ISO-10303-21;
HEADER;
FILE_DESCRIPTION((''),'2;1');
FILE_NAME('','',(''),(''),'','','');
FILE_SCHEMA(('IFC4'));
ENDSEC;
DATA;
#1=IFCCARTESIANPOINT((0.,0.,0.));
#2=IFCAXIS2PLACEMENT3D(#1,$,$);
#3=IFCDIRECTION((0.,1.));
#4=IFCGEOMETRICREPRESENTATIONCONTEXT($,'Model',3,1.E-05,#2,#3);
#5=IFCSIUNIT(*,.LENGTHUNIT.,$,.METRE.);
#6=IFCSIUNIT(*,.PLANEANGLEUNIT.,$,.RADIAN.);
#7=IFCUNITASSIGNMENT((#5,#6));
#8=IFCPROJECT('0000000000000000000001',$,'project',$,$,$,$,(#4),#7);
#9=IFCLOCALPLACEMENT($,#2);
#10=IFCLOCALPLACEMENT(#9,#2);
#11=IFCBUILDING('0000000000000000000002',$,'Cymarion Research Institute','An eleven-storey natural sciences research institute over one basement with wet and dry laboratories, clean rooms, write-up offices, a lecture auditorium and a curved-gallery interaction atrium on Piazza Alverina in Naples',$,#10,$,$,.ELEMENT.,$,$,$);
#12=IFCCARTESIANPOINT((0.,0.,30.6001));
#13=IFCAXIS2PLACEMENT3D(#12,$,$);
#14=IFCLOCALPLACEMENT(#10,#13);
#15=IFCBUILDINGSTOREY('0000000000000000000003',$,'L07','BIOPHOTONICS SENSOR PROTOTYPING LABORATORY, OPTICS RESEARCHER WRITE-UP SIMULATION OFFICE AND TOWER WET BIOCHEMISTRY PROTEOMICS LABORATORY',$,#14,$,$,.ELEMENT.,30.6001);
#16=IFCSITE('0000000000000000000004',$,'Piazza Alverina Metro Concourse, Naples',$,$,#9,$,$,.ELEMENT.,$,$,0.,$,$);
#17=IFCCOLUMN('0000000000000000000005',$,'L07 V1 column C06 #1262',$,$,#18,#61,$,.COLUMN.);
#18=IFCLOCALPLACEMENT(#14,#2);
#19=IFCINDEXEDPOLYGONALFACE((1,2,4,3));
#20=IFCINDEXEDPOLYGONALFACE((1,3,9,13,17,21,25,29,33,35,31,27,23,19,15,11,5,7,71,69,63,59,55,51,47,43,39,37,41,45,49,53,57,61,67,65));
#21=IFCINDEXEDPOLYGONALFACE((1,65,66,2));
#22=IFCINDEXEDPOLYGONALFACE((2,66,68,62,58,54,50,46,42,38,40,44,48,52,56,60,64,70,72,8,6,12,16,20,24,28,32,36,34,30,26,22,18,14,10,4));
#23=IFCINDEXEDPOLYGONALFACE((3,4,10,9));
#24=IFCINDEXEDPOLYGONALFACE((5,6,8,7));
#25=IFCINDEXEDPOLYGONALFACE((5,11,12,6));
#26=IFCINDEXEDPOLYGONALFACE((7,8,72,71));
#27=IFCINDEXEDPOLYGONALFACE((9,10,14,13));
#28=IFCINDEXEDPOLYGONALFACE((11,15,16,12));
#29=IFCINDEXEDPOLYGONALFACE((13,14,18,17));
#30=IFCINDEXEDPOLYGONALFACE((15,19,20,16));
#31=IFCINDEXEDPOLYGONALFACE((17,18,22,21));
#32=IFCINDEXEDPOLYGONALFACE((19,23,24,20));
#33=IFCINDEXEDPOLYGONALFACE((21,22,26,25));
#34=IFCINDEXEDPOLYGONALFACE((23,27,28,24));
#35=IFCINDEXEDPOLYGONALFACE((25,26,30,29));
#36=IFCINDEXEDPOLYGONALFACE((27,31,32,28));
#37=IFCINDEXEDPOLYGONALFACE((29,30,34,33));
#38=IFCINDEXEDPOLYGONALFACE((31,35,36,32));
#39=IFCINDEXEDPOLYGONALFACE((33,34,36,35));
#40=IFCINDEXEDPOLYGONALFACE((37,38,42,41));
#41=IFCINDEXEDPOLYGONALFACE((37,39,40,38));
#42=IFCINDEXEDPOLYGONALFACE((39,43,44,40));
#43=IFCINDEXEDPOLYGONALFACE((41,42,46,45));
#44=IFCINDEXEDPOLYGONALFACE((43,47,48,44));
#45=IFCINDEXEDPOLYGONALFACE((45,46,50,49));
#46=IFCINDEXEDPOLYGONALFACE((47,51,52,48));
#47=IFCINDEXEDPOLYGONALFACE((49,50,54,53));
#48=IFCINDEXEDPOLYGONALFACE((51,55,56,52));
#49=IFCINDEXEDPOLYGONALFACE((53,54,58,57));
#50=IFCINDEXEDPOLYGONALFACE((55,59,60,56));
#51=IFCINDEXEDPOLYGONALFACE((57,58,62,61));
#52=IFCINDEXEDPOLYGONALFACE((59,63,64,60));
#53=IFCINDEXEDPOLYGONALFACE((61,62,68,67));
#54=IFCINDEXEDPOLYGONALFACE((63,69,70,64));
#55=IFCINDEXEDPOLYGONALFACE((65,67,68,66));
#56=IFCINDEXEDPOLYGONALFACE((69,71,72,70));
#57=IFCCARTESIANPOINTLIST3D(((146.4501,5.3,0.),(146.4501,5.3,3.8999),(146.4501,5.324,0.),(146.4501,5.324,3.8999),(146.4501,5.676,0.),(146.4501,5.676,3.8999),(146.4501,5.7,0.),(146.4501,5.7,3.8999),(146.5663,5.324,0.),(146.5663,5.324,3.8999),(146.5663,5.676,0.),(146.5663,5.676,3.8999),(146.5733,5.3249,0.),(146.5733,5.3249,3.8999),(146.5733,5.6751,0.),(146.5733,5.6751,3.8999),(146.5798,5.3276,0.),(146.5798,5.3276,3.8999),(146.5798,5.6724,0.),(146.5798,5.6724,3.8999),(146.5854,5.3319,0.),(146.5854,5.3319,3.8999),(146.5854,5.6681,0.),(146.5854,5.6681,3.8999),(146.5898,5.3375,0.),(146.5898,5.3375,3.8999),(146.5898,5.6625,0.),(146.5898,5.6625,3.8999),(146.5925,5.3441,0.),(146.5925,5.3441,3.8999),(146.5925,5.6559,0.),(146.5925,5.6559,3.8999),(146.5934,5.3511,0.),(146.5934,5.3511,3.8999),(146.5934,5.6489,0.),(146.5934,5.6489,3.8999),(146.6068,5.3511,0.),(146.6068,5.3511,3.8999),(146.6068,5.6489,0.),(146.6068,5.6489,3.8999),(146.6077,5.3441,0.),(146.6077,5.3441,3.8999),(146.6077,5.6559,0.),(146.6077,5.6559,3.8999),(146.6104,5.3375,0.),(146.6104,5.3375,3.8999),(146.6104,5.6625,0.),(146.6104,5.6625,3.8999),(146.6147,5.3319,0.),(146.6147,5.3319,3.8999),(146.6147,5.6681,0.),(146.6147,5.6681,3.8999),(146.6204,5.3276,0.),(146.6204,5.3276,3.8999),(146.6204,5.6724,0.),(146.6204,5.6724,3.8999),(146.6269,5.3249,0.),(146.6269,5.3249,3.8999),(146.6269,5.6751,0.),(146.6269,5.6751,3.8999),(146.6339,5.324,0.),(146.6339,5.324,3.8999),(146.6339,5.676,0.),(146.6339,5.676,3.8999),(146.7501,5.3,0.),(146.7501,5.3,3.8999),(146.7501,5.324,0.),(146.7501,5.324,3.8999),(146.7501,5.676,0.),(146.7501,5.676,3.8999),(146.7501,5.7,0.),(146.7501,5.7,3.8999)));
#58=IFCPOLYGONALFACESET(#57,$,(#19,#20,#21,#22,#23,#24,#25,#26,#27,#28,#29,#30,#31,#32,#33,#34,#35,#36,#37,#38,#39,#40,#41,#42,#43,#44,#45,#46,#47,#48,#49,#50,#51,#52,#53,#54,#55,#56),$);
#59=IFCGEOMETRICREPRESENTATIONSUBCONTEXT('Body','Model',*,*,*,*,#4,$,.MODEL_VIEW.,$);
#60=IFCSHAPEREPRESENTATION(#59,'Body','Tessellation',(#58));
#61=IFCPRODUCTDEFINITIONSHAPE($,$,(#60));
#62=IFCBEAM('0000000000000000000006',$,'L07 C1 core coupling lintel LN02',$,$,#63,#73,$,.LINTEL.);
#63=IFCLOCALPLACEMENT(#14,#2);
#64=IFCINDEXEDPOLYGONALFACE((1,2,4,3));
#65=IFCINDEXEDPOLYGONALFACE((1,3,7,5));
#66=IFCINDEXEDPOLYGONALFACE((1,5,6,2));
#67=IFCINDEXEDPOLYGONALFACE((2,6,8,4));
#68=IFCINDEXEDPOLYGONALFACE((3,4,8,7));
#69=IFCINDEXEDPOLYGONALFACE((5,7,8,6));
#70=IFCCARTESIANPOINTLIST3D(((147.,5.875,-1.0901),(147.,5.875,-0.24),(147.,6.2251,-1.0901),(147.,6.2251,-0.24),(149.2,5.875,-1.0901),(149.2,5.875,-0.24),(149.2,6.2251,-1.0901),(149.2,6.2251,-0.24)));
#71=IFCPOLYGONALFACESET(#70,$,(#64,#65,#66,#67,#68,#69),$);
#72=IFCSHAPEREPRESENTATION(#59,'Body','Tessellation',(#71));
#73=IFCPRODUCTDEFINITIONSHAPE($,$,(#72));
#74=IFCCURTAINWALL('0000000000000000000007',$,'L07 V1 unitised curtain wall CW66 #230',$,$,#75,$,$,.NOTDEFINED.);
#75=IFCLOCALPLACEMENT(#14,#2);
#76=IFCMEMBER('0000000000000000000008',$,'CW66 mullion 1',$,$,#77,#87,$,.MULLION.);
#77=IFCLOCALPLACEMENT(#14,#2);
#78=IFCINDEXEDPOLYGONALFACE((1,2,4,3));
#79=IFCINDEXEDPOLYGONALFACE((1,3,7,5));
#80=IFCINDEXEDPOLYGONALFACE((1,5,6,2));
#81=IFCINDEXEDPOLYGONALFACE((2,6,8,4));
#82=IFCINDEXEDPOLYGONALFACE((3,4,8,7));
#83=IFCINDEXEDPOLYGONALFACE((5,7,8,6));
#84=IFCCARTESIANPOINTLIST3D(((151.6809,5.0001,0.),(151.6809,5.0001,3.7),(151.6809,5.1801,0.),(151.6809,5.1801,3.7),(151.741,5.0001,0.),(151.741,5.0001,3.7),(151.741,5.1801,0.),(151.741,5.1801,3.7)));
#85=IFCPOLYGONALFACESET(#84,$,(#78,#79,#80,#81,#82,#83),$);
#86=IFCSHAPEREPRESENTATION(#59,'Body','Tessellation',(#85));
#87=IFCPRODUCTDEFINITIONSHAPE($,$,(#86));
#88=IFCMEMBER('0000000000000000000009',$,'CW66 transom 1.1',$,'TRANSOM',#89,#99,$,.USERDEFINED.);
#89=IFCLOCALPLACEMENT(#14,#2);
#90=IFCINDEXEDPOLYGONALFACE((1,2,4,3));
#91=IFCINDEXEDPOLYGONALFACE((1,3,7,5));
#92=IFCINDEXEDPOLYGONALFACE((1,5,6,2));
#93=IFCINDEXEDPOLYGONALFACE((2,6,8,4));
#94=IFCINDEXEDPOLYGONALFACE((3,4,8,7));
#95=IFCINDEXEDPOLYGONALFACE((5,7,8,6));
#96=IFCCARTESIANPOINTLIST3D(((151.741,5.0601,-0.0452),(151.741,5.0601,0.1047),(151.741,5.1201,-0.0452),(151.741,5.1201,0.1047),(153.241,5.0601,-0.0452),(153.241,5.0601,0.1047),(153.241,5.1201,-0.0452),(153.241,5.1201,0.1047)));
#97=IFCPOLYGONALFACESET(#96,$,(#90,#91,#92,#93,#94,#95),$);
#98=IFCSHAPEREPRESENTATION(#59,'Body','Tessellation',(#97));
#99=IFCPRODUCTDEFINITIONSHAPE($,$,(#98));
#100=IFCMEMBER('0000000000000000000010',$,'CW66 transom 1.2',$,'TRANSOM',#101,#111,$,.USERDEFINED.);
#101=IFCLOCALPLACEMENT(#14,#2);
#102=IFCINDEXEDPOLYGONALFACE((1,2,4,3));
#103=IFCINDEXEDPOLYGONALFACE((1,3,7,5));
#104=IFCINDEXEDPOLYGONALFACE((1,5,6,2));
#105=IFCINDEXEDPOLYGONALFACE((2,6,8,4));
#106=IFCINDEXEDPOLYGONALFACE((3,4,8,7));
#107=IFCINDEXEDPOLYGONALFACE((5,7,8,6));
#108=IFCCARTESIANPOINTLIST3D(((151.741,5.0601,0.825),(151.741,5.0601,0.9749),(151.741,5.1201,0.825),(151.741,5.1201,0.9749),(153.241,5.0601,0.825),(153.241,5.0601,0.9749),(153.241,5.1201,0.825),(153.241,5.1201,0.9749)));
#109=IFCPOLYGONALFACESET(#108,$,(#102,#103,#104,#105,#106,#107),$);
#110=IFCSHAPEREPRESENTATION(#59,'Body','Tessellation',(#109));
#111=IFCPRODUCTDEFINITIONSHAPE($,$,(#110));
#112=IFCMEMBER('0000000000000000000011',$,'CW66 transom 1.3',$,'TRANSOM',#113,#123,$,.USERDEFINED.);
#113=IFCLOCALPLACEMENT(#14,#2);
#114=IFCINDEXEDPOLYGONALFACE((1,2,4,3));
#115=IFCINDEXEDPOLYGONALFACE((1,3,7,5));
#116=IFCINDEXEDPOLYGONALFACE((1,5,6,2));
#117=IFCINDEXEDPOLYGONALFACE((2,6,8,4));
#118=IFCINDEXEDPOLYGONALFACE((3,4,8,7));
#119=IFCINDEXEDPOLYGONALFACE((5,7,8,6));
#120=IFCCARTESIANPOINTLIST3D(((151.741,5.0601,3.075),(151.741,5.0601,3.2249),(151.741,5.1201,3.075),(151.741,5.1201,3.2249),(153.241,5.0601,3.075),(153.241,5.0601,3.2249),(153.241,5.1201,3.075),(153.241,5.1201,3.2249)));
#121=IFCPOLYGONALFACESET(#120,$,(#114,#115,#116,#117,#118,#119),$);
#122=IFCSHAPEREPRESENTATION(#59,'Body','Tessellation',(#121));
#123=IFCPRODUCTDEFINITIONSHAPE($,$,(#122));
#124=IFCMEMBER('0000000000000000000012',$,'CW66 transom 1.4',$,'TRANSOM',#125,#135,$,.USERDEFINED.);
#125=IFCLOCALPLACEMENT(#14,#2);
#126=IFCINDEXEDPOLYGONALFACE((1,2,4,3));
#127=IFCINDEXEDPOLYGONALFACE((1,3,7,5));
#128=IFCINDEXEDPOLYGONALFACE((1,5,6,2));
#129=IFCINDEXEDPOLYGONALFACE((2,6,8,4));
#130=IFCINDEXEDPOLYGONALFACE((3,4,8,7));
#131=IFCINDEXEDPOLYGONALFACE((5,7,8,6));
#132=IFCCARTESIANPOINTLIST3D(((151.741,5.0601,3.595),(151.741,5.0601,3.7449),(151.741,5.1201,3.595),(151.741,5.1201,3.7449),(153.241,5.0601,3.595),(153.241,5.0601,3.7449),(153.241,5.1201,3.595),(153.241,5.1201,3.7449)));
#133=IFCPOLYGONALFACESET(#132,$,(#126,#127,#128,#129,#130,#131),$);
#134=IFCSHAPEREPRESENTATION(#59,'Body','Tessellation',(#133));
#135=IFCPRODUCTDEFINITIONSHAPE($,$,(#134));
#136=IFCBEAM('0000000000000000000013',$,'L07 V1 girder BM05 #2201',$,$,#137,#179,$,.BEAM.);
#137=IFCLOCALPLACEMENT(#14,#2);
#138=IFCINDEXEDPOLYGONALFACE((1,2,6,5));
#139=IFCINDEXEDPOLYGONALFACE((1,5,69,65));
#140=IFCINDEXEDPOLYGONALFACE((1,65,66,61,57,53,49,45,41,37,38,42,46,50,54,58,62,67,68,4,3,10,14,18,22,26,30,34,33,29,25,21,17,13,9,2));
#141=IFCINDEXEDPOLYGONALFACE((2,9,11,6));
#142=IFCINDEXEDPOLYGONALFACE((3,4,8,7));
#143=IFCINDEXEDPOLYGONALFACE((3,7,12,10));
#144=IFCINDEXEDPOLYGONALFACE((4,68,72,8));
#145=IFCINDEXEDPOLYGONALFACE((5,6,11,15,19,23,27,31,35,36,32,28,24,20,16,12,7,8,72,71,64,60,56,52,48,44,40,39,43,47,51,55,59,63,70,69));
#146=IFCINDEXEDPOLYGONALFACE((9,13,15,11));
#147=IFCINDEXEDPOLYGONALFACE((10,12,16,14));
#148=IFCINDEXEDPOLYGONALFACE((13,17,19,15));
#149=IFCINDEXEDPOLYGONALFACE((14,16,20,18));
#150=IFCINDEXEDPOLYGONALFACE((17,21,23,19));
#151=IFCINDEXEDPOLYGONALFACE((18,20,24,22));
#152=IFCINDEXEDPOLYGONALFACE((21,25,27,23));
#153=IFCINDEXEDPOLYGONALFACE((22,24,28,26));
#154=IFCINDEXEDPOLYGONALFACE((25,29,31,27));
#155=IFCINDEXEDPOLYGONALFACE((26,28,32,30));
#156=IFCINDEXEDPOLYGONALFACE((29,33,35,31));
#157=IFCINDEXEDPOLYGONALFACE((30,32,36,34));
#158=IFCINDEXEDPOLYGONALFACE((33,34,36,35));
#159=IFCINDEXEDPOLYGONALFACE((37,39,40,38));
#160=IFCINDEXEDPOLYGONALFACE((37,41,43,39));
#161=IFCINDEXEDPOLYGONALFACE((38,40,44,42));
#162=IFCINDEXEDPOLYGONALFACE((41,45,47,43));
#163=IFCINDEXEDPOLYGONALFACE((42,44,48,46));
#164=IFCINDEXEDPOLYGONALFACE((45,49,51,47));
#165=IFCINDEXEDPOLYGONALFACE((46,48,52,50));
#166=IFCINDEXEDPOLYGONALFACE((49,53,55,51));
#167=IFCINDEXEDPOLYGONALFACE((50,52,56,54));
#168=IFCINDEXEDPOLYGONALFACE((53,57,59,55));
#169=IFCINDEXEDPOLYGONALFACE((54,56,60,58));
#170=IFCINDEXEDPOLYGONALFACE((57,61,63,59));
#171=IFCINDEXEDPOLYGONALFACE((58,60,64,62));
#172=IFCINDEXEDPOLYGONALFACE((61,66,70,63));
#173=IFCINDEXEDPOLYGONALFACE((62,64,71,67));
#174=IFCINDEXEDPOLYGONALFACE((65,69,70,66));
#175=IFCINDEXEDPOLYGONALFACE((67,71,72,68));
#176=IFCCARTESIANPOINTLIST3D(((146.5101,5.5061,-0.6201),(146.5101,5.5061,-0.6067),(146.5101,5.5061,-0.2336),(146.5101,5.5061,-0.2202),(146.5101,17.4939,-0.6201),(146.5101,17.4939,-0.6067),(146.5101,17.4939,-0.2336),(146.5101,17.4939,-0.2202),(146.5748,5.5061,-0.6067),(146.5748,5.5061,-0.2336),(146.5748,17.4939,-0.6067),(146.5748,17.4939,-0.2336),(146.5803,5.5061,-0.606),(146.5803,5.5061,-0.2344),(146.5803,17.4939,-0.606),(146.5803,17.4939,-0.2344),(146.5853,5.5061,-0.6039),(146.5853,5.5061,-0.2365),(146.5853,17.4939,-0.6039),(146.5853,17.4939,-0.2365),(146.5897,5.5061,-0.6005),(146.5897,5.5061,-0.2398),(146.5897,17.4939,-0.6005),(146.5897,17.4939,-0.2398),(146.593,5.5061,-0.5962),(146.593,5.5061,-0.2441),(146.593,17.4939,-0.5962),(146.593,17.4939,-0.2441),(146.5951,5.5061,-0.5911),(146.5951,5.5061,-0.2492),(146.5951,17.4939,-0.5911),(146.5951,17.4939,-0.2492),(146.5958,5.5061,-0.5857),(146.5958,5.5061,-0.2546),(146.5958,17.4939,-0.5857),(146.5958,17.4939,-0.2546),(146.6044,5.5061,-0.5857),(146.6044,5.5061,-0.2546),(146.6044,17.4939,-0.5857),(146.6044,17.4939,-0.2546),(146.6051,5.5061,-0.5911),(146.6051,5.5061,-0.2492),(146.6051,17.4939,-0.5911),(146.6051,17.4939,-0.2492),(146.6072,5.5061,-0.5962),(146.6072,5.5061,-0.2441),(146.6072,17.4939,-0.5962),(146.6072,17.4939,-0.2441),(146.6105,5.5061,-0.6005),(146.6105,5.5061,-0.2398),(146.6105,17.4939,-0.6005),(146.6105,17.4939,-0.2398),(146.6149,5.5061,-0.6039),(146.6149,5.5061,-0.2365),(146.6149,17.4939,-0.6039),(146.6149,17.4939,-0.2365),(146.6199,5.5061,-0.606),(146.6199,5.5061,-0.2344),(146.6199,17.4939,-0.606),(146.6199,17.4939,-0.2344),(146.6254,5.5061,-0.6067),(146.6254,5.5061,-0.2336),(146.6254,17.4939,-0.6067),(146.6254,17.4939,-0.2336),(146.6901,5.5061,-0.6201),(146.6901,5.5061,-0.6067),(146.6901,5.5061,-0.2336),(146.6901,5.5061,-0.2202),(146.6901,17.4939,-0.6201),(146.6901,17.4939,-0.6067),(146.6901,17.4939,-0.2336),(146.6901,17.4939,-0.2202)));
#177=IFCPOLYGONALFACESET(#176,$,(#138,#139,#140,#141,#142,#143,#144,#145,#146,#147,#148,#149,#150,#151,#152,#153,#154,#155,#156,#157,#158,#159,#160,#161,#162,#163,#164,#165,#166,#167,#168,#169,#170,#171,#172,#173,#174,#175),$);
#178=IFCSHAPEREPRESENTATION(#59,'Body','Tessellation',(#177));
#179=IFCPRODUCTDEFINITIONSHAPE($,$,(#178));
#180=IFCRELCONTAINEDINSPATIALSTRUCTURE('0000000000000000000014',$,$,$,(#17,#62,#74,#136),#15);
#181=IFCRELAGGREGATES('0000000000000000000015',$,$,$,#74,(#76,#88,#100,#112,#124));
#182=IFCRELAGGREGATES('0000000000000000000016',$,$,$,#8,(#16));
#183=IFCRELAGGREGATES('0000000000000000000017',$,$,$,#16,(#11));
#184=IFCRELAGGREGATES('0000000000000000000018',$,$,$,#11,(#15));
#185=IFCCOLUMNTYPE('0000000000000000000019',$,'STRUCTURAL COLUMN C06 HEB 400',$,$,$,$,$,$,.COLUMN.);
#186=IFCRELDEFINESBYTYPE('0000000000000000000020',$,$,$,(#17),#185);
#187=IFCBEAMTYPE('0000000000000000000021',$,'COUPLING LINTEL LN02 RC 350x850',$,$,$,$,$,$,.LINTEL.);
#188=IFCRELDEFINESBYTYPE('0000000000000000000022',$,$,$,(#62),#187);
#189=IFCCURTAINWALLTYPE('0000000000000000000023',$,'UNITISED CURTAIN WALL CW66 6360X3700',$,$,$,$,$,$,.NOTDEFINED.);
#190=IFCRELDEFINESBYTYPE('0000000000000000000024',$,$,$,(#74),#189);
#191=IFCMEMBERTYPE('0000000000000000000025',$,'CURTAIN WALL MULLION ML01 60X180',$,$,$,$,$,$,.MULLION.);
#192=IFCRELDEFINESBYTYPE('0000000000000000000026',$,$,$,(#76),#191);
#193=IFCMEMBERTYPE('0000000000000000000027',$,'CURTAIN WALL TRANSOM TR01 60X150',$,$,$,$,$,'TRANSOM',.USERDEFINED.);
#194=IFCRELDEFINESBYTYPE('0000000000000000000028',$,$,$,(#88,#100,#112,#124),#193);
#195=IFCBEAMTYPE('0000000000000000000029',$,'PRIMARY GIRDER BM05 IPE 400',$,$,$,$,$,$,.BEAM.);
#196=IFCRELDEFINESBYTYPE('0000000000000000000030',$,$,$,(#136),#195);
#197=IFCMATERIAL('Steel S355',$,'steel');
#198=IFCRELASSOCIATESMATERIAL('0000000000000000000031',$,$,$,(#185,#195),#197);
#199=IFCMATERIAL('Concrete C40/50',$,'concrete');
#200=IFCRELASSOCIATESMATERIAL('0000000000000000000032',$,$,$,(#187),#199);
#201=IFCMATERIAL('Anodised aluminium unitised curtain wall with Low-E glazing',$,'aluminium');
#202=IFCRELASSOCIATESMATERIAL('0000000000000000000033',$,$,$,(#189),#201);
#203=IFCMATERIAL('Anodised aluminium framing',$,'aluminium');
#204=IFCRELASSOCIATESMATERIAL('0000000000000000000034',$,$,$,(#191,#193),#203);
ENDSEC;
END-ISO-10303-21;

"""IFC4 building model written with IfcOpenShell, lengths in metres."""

from ifc_helpers import new_model, si_unit, direction, frame, origin, origin_2d, place, context, subcontext, project, spatial, rectangle, i_section, extrude, material, material_profile, profile_set, type_object, element, aggregate, save


model = new_model("IFC4")

# Units and contexts
model_context = context("Model", 3, precision=1e-05, world=origin(), true_north=direction((0.0, 1.0)))
body_context = subcontext(model_context, "Body", "Model", "MODEL_VIEW")
ifc_project = project(units=[si_unit("LENGTHUNIT", "METRE"), si_unit("PLANEANGLEUNIT", "RADIAN")], contexts=[model_context])

# Site, building, storey
site_placement = place(None, origin())
site = spatial("IfcSite", under=ifc_project, at=site_placement, Name="Piazza Alverina Metro Concourse, Naples", CompositionType="ELEMENT", RefElevation=0.0)
building_placement = place(site_placement, origin())
building = spatial("IfcBuilding", under=site, at=building_placement, Name="Cymarion Research Institute", Description="An eleven-storey natural sciences research institute over one basement with wet and dry laboratories, clean rooms, write-up offices, a lecture auditorium and a curved-gallery interaction atrium on Piazza Alverina in Naples", CompositionType="ELEMENT")
storey_placement = place(building_placement, frame((0.0, 0.0, 30.6001)))
storey = spatial("IfcBuildingStorey", under=building, at=storey_placement, Name="L07", Description="BIOPHOTONICS SENSOR PROTOTYPING LABORATORY, OPTICS RESEARCHER WRITE-UP SIMULATION OFFICE AND TOWER WET BIOCHEMISTRY PROTEOMICS LABORATORY", CompositionType="ELEMENT", Elevation=30.6001)

# Column
ifc_material_1 = material(Name="Steel S355", Category="steel")
ifc_material_profile_1 = material_profile(ifc_material_1, i_section(OverallWidth=0.3, OverallDepth=0.3999, WebThickness=0.0134, FlangeThickness=0.0239, FilletRadius=0.0271, at=origin_2d()), Name="HEB 400")
ifc_profile_set_1 = profile_set([ifc_material_profile_1], Name="Steel S355")
column_type = type_object("IfcColumnType", Name="STRUCTURAL COLUMN C06 HEB 400", PredefinedType="COLUMN", material=ifc_profile_set_1)
column_placement = place(storey_placement, frame((146.6001, 5.5, 0.0), z_axis=(0.0, 0.0, 1.0), x_axis=(1.0, 0.0, 0.0)))
element("IfcColumn", 1, at=column_placement, inside=storey, type_object=column_type, Name="L07 V1 column C06 #1262", PredefinedType="COLUMN", context=body_context, shape_type="SweptSolid", body=[
    extrude(i_section(OverallWidth=0.3, OverallDepth=0.3999, WebThickness=0.0134, FlangeThickness=0.0239, FilletRadius=0.0271, at=origin_2d()), origin(), (0.0, 0.0, 1.0), 3.8999),
])

# Beam
ifc_material_2 = material(Name="Concrete C40/50", Category="concrete")
ifc_material_profile_2 = material_profile(ifc_material_2, rectangle(XDim=0.3501, YDim=0.8501, at=origin_2d()), Name="RC 350x850")
ifc_profile_set_2 = profile_set([ifc_material_profile_2], Name="Concrete C40/50")
beam_type_1 = type_object("IfcBeamType", Name="COUPLING LINTEL LN02 RC 350x850", PredefinedType="LINTEL", material=ifc_profile_set_2)
beam_1_placement = place(storey_placement, frame((147.0, 6.05, -0.665), z_axis=(1.0, 0.0, 0.0), x_axis=(0.0, 1.0, 0.0)))
element("IfcBeam", 2, at=beam_1_placement, inside=storey, type_object=beam_type_1, Name="L07 C1 core coupling lintel LN02", PredefinedType="LINTEL", context=body_context, shape_type="SweptSolid", body=[
    extrude(rectangle(XDim=0.3501, YDim=0.8501, at=origin_2d()), origin(), (0.0, 0.0, 1.0), 2.2),
])

# Curtain wall, members
ifc_material_3 = material(Name="Anodised aluminium unitised curtain wall with Low-E glazing", Category="aluminium")
curtain_wall_type = type_object("IfcCurtainWallType", Name="UNITISED CURTAIN WALL CW66 6360X3700", PredefinedType="NOTDEFINED", material=ifc_material_3)
curtain_wall_placement = place(storey_placement, origin())
curtain_wall = element("IfcCurtainWall", 3, at=curtain_wall_placement, inside=storey, type_object=curtain_wall_type, Name="L07 V1 unitised curtain wall CW66 #230", PredefinedType="NOTDEFINED")
ifc_material_4 = material(Name="Anodised aluminium framing", Category="aluminium")
ifc_material_profile_3 = material_profile(ifc_material_4, rectangle(XDim=0.0601, YDim=0.1799, at=origin_2d()), Name="ALU MULLION 60x180")
ifc_profile_set_3 = profile_set([ifc_material_profile_3], Name="Anodised aluminium framing")
member_type_1 = type_object("IfcMemberType", Name="CURTAIN WALL MULLION ML01 60X180", PredefinedType="MULLION", material=ifc_profile_set_3)
member_1_placement = place(storey_placement, frame((151.7109, 5.0901, 0.0), z_axis=(0.0, 0.0, 1.0), x_axis=(1.0, 0.0, 0.0)))
member_1 = element("IfcMember", 4, at=member_1_placement, type_object=member_type_1, Name="CW66 mullion 1", PredefinedType="MULLION", context=body_context, shape_type="SweptSolid", body=[
    extrude(rectangle(XDim=0.0601, YDim=0.1799, at=origin_2d()), origin(), (0.0, 0.0, 1.0), 3.7),
])
ifc_material_profile_4 = material_profile(ifc_material_4, rectangle(XDim=0.0601, YDim=0.1499, at=origin_2d()), Name="ALU TRANSOM 60x150")
ifc_profile_set_4 = profile_set([ifc_material_profile_4], Name="Anodised aluminium framing")
member_type_2 = type_object("IfcMemberType", Name="CURTAIN WALL TRANSOM TR01 60X150", ElementType="TRANSOM", PredefinedType="USERDEFINED", material=ifc_profile_set_4)
member_2_placement = place(storey_placement, frame((151.741, 5.0901, 0.0298), z_axis=(1.0, 0.0, 0.0), x_axis=(0.0, 1.0, 0.0)))
member_2 = element("IfcMember", 5, at=member_2_placement, type_object=member_type_2, Name="CW66 transom 1.1", ObjectType="TRANSOM", PredefinedType="USERDEFINED", context=body_context, shape_type="SweptSolid", body=[
    extrude(rectangle(XDim=0.0601, YDim=0.1499, at=origin_2d()), origin(), (0.0, 0.0, 1.0), 1.5),
])
member_3_placement = place(storey_placement, frame((151.741, 5.0901, 0.8999), z_axis=(1.0, 0.0, 0.0), x_axis=(0.0, 1.0, 0.0)))
member_3 = element("IfcMember", 6, at=member_3_placement, type_object=member_type_2, Name="CW66 transom 1.2", ObjectType="TRANSOM", PredefinedType="USERDEFINED", context=body_context, shape_type="SweptSolid", body=[
    extrude(rectangle(XDim=0.0601, YDim=0.1499, at=origin_2d()), origin(), (0.0, 0.0, 1.0), 1.5),
])
member_4_placement = place(storey_placement, frame((151.741, 5.0901, 3.1499), z_axis=(1.0, 0.0, 0.0), x_axis=(0.0, 1.0, 0.0)))
member_4 = element("IfcMember", 7, at=member_4_placement, type_object=member_type_2, Name="CW66 transom 1.3", ObjectType="TRANSOM", PredefinedType="USERDEFINED", context=body_context, shape_type="SweptSolid", body=[
    extrude(rectangle(XDim=0.0601, YDim=0.1499, at=origin_2d()), origin(), (0.0, 0.0, 1.0), 1.5),
])
member_5_placement = place(storey_placement, frame((151.741, 5.0901, 3.6699), z_axis=(1.0, 0.0, 0.0), x_axis=(0.0, 1.0, 0.0)))
member_5 = element("IfcMember", 8, at=member_5_placement, type_object=member_type_2, Name="CW66 transom 1.4", ObjectType="TRANSOM", PredefinedType="USERDEFINED", context=body_context, shape_type="SweptSolid", body=[
    extrude(rectangle(XDim=0.0601, YDim=0.1499, at=origin_2d()), origin(), (0.0, 0.0, 1.0), 1.5),
])

# Beam
ifc_material_profile_5 = material_profile(ifc_material_1, i_section(OverallWidth=0.1799, OverallDepth=0.3999, WebThickness=0.0085, FlangeThickness=0.0134, FilletRadius=0.021, at=origin_2d()), Name="IPE 400")
ifc_profile_set_5 = profile_set([ifc_material_profile_5], Name="Steel S355")
beam_type_2 = type_object("IfcBeamType", Name="PRIMARY GIRDER BM05 IPE 400", PredefinedType="BEAM", material=ifc_profile_set_5)
beam_2_placement = place(storey_placement, frame((146.6001, 5.5061, -0.4202), z_axis=(0.0, 1.0, 0.0), x_axis=(-1.0, 0.0, 0.0)))
element("IfcBeam", 9, at=beam_2_placement, inside=storey, type_object=beam_type_2, Name="L07 V1 girder BM05 #2201", PredefinedType="BEAM", context=body_context, shape_type="SweptSolid", body=[
    extrude(i_section(OverallWidth=0.1799, OverallDepth=0.3999, WebThickness=0.0085, FlangeThickness=0.0134, FilletRadius=0.021, at=origin_2d()), origin(), (0.0, 0.0, 1.0), 11.9878),
])

aggregate(curtain_wall, [member_1, member_2, member_3, member_4, member_5])

save(model, "model.ifc")
